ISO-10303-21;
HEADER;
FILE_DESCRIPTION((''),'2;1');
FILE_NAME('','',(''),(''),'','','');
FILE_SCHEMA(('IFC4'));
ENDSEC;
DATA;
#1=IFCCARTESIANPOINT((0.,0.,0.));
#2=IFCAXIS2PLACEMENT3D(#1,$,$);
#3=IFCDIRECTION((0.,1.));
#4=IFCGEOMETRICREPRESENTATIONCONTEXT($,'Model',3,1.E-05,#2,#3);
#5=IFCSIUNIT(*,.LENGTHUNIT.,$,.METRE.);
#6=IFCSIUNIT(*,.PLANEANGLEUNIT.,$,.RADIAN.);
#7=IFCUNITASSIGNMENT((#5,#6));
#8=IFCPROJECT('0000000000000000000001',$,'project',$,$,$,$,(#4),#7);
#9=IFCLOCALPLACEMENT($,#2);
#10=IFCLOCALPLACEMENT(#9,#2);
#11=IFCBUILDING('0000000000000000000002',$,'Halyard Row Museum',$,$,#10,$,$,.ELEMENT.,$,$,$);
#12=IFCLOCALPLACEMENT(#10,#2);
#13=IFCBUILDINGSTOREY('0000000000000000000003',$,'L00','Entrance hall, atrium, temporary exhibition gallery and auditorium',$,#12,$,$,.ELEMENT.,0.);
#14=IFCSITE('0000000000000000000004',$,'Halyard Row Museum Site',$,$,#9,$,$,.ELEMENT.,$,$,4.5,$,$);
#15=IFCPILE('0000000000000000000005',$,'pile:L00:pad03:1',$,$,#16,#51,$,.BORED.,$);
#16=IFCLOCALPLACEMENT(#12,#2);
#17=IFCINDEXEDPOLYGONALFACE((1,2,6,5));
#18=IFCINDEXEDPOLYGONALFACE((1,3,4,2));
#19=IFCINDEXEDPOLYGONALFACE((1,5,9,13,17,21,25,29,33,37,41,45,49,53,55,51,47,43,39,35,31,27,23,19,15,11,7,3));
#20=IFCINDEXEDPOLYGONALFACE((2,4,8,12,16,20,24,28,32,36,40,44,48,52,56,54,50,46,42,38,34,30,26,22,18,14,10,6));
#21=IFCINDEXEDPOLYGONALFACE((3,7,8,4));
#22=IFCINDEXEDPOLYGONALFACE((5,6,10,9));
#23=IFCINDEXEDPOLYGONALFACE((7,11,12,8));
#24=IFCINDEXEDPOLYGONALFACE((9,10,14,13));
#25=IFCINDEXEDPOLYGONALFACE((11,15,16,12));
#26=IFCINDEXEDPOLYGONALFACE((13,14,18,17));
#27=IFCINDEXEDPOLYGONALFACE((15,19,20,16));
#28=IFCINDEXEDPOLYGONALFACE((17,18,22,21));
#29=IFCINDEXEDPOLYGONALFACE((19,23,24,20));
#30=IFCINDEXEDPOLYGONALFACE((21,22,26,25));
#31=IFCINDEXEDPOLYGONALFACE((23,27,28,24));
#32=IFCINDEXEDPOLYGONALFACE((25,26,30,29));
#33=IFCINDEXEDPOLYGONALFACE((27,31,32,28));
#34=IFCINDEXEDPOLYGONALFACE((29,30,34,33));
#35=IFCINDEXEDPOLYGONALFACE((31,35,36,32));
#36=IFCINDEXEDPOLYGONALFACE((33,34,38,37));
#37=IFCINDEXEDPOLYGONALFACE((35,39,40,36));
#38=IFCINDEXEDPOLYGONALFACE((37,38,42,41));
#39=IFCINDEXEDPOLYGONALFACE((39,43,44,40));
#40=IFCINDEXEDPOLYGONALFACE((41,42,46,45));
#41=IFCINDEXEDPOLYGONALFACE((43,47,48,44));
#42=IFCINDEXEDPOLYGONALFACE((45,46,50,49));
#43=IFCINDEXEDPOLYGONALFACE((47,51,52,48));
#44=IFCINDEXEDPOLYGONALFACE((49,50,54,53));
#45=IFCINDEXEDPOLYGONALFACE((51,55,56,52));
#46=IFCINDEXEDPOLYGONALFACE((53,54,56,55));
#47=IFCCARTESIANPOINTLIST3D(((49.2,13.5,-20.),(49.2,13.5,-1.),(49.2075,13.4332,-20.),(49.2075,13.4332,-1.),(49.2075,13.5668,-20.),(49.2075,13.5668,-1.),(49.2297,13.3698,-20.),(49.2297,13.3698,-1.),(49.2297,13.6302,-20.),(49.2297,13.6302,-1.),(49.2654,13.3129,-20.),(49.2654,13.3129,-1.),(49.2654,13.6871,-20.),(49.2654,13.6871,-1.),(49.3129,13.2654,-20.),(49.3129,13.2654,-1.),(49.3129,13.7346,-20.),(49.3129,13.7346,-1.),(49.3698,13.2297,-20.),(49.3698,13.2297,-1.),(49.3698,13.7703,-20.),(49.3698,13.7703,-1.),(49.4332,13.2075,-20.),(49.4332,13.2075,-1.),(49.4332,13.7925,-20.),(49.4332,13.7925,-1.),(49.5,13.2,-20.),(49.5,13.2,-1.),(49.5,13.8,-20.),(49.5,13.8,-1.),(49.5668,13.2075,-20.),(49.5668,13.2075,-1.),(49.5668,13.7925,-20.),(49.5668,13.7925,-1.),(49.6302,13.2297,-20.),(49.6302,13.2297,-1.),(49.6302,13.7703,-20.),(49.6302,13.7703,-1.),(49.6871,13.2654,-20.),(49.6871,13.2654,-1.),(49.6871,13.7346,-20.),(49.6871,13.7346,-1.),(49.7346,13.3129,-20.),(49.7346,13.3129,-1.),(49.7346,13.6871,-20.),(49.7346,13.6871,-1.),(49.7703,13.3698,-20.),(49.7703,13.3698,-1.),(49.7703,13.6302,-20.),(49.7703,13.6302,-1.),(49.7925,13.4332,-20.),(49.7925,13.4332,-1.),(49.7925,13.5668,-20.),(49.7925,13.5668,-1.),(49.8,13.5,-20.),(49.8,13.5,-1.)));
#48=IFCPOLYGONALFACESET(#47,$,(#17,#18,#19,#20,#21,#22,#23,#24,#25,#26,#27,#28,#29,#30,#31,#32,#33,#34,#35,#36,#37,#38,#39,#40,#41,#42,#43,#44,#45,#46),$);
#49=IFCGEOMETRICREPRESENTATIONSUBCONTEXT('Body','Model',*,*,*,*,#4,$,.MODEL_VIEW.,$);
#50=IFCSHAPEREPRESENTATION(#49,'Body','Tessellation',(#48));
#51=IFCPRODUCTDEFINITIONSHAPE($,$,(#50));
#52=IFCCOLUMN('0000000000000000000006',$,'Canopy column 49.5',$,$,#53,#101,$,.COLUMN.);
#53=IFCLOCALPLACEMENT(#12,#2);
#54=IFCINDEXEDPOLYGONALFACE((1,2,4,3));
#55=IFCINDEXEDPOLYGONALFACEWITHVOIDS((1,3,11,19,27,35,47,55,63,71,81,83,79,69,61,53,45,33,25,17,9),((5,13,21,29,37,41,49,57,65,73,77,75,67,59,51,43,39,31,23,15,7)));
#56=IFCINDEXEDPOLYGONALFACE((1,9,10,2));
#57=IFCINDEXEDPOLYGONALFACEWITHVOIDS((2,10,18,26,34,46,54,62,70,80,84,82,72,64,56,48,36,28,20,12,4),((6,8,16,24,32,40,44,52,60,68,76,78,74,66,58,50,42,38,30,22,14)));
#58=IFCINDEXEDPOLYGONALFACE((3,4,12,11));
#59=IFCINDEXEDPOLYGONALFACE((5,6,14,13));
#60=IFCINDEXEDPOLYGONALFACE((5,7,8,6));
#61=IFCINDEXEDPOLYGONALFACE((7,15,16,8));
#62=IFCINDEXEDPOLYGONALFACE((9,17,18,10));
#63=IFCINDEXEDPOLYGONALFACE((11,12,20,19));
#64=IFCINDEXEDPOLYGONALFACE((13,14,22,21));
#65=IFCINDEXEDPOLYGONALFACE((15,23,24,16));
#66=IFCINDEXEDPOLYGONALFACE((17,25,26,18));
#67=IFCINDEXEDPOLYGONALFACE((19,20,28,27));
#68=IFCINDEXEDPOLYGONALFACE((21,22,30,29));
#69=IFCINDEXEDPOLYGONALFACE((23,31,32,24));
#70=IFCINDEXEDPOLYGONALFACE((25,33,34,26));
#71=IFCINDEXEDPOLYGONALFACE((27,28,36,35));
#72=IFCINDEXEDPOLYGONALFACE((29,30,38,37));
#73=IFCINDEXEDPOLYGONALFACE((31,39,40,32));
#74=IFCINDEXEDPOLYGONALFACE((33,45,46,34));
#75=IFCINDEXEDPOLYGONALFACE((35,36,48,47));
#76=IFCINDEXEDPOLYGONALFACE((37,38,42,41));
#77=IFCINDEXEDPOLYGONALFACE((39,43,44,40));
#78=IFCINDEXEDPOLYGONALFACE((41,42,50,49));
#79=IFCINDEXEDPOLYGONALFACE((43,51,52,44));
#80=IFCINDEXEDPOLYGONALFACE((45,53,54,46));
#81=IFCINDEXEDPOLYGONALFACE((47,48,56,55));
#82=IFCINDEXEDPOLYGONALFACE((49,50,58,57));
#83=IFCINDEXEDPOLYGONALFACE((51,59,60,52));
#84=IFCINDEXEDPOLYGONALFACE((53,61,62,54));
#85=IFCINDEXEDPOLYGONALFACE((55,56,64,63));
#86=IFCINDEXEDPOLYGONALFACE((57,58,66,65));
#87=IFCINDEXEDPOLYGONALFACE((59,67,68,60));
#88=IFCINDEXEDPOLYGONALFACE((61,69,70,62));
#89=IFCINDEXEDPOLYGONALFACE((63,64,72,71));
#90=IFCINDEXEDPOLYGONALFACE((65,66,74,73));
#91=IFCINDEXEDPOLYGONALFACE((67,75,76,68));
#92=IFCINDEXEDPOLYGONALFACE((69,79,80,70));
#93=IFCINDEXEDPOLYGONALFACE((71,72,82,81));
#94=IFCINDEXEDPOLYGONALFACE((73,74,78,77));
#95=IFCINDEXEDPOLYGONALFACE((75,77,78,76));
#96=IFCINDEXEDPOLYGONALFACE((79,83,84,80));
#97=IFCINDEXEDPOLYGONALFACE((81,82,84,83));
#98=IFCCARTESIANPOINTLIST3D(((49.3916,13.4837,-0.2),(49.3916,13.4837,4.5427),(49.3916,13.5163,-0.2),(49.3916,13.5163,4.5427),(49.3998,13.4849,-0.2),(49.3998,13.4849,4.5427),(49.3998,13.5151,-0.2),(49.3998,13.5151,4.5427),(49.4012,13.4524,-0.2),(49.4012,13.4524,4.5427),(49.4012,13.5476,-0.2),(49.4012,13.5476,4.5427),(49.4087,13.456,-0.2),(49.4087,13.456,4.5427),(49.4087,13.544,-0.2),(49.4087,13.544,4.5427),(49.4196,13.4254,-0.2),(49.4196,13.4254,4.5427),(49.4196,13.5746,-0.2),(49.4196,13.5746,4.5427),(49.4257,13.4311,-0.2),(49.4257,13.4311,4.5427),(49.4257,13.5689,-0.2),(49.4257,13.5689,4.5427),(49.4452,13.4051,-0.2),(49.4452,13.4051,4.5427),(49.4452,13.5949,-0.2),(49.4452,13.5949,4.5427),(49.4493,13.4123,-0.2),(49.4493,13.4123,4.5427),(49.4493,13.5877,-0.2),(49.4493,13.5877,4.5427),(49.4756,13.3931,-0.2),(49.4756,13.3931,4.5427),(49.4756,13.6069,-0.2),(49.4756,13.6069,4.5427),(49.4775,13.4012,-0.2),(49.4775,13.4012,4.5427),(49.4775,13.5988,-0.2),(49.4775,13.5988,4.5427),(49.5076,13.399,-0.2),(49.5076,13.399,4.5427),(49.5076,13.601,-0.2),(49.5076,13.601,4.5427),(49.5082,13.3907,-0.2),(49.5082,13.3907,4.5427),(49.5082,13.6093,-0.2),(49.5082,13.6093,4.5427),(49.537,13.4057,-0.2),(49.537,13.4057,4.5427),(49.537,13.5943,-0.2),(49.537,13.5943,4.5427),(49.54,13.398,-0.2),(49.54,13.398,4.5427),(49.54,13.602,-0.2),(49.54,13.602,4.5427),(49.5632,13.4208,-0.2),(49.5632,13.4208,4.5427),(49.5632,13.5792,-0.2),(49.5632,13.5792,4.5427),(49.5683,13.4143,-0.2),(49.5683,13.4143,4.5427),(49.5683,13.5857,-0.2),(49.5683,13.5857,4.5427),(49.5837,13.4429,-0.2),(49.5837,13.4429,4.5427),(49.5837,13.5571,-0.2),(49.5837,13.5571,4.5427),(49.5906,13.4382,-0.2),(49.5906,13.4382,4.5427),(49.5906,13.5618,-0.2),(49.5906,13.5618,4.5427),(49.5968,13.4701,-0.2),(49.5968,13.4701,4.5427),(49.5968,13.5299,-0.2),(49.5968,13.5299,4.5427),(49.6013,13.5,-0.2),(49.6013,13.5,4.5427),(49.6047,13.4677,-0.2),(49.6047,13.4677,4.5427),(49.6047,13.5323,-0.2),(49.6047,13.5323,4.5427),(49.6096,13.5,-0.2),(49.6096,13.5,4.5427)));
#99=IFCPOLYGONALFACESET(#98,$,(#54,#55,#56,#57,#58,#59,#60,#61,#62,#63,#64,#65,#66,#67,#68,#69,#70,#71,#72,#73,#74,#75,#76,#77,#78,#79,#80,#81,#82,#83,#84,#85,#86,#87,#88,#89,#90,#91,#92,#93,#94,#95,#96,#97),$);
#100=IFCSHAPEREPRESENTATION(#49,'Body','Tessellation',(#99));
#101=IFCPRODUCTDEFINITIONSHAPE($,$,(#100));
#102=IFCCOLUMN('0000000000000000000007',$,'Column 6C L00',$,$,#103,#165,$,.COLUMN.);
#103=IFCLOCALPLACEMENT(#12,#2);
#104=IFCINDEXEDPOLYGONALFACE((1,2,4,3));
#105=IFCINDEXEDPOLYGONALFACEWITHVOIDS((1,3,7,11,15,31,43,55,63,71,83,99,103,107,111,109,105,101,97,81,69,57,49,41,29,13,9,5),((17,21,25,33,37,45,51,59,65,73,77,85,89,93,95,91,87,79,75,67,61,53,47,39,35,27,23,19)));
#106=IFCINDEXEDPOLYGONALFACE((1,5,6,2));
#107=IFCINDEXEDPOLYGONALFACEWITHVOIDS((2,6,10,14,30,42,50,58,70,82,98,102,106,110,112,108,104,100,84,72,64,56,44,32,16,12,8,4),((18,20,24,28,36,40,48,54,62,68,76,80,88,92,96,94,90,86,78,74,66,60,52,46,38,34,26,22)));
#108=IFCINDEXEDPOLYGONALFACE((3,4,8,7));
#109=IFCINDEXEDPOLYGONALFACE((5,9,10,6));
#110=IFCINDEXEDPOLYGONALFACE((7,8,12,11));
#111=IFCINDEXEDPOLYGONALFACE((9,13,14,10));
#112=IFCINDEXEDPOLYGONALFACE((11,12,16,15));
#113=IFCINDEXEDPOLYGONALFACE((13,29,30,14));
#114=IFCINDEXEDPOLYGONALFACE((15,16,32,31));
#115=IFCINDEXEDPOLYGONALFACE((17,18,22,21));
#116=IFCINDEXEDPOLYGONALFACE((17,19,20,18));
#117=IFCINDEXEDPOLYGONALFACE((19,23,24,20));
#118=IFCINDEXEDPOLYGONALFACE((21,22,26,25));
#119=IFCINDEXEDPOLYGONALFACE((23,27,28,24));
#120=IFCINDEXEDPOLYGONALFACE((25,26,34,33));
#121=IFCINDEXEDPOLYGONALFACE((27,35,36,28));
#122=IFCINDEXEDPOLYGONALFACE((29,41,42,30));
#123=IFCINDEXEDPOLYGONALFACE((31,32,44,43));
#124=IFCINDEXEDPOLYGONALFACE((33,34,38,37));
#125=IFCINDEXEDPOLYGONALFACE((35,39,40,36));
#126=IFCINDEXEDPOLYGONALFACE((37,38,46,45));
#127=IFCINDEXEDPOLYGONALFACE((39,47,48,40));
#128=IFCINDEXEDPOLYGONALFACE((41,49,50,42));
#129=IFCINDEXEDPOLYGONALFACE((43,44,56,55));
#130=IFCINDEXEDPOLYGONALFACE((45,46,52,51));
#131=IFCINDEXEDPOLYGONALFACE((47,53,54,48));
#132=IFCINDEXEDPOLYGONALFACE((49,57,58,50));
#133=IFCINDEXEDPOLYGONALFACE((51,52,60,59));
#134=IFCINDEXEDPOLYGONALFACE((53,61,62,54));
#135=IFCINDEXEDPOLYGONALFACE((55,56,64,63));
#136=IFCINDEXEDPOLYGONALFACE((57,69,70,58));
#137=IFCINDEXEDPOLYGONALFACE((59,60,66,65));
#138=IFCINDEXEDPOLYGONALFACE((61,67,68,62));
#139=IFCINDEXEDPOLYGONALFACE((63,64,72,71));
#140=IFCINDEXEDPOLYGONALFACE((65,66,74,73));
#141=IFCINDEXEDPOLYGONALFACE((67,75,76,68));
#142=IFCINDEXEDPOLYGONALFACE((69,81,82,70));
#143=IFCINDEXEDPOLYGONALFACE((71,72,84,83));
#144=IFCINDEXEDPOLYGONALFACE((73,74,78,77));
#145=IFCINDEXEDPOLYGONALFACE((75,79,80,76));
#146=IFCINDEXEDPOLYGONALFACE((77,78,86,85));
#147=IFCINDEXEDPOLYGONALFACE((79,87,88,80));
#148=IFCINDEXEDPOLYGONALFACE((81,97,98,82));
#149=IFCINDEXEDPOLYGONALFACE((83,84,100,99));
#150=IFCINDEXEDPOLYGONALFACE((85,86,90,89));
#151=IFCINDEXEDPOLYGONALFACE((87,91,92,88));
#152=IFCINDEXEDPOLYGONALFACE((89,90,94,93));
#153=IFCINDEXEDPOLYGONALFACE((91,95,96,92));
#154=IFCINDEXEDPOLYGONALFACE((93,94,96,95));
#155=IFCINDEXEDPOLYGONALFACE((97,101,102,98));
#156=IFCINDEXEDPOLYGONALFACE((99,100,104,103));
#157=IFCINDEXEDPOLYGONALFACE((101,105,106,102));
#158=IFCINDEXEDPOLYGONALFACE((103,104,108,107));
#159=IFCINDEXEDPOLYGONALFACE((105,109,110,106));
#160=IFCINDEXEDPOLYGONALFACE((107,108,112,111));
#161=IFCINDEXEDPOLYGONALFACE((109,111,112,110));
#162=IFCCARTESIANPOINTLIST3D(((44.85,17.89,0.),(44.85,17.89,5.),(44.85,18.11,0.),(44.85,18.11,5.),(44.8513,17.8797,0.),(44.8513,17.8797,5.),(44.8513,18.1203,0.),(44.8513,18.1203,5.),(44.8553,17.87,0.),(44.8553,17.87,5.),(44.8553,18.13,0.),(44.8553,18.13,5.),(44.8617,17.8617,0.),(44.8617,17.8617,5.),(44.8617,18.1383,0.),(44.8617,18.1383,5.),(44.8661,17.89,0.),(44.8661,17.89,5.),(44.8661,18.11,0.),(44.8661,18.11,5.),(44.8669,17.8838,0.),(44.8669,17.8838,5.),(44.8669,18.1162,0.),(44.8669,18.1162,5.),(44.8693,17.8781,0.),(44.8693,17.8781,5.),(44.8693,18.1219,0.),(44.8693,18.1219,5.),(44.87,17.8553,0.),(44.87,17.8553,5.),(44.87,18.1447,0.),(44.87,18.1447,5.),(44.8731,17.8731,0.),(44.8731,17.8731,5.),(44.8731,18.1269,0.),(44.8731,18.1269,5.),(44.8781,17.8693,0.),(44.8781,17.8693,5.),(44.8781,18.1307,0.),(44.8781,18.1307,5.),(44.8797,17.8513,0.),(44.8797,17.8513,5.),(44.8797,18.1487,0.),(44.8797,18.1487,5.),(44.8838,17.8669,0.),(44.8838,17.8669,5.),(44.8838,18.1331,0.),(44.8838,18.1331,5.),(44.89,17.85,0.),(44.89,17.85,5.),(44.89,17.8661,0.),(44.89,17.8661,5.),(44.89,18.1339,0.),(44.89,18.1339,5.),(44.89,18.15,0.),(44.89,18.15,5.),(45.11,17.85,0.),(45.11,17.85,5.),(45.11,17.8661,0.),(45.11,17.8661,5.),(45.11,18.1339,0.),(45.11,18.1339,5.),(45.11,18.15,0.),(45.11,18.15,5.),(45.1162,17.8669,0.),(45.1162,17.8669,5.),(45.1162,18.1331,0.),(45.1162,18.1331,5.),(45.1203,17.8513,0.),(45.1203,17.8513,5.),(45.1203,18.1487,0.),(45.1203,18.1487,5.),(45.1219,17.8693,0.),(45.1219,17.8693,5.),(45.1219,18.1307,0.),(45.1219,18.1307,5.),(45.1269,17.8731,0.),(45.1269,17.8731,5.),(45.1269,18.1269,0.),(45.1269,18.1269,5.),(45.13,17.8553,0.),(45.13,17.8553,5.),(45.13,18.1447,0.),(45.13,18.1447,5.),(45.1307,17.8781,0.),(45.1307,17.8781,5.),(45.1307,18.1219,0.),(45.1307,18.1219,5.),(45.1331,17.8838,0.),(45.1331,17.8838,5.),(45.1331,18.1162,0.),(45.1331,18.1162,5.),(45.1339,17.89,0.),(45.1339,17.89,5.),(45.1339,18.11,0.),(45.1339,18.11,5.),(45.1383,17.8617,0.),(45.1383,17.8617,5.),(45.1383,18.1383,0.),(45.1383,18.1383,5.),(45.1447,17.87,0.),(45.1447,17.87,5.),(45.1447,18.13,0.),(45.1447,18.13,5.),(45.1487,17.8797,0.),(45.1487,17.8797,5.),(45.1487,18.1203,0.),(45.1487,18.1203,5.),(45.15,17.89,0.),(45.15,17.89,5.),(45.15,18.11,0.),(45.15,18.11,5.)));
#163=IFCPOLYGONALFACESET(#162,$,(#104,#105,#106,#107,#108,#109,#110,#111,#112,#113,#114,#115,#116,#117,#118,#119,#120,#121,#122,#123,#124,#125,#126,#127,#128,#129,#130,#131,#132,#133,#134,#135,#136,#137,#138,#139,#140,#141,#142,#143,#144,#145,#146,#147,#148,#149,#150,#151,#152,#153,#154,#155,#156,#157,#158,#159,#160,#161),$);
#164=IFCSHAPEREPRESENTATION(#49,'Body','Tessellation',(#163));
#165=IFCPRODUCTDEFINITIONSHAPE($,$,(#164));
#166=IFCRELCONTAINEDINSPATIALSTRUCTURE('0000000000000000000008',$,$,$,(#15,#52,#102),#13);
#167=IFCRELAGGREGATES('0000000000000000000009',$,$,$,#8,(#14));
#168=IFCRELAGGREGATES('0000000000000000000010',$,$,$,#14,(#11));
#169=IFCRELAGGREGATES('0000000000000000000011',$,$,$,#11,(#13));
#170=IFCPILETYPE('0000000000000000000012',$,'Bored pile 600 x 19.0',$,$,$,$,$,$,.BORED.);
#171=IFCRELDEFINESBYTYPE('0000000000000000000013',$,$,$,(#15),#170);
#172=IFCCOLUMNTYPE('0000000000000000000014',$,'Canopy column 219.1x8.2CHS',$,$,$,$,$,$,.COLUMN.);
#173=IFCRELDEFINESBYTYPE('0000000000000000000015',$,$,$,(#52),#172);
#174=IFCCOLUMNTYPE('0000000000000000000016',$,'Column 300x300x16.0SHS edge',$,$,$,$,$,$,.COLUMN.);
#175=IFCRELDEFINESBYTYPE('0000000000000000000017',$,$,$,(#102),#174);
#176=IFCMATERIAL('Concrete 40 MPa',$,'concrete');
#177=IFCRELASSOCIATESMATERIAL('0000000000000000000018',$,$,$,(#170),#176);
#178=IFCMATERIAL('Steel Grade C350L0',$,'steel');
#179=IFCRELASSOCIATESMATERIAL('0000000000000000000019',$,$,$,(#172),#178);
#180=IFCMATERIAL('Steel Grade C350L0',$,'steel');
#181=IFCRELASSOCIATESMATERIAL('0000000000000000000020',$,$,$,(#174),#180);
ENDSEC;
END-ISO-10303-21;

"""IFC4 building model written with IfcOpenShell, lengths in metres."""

from ifc_helpers import new_model, si_unit, direction, frame, origin, origin_2d, place, context, subcontext, project, spatial, hollow_rectangle, circle, hollow_circle, extrude, material, material_profile, profile_set, type_object, element, save


model = new_model("IFC4")

# Units and contexts
model_context = context("Model", 3, precision=1e-05, world=origin(), true_north=direction((0.0, 1.0)))
body_context = subcontext(model_context, "Body", "Model", "MODEL_VIEW")
ifc_project = project(units=[si_unit("LENGTHUNIT", "METRE"), si_unit("PLANEANGLEUNIT", "RADIAN")], contexts=[model_context])

# Site, building, storey
site_placement = place(None, origin())
site = spatial("IfcSite", under=ifc_project, at=site_placement, Name="Halyard Row Museum Site", CompositionType="ELEMENT", RefElevation=4.5)
building_placement = place(site_placement, origin())
building = spatial("IfcBuilding", under=site, at=building_placement, Name="Halyard Row Museum", CompositionType="ELEMENT")
storey_placement = place(building_placement, origin())
storey = spatial("IfcBuildingStorey", under=building, at=storey_placement, Name="L00", Description="Entrance hall, atrium, temporary exhibition gallery and auditorium", CompositionType="ELEMENT", Elevation=0.0)

# Pile
ifc_material_1 = material(Name="Concrete 40 MPa", Category="concrete")
ifc_material_profile_1 = material_profile(ifc_material_1, circle(Radius=0.3, at=origin_2d()), Name="Bored pile 600 x 19.0")
ifc_profile_set_1 = profile_set([ifc_material_profile_1], Name="Concrete 40 MPa")
pile_type = type_object("IfcPileType", Name="Bored pile 600 x 19.0", PredefinedType="BORED", material=ifc_profile_set_1)
pile_placement = place(storey_placement, frame((49.5, 13.5, -1.0), z_axis=(0.0, 0.0, -1.0), x_axis=(1.0, 0.0, 0.0)))
element("IfcPile", 1, at=pile_placement, inside=storey, type_object=pile_type, Name="pile:L00:pad03:1", PredefinedType="BORED", context=body_context, shape_type="SweptSolid", body=[
    extrude(circle(Radius=0.3, at=origin_2d()), origin(), (0.0, 0.0, 1.0), 19.0),
])

# Columns
ifc_material_2 = material(Name="Steel Grade C350L0", Category="steel")
ifc_material_profile_2 = material_profile(ifc_material_2, hollow_circle(Radius=0.1096, WallThickness=0.0083, at=origin_2d()), Name="219.1x8.2CHS")
ifc_profile_set_2 = profile_set([ifc_material_profile_2], Name="Steel Grade C350L0")
column_type_1 = type_object("IfcColumnType", Name="Canopy column 219.1x8.2CHS", PredefinedType="COLUMN", material=ifc_profile_set_2)
column_1_placement = place(storey_placement, frame((49.5, 13.5, -0.2), z_axis=(0.0, 0.0, 1.0), x_axis=(1.0, 0.0, 0.0)))
element("IfcColumn", 2, at=column_1_placement, inside=storey, type_object=column_type_1, Name="Canopy column 49.5", PredefinedType="COLUMN", context=body_context, shape_type="SweptSolid", body=[
    extrude(hollow_circle(Radius=0.1096, WallThickness=0.0083, at=origin_2d()), origin(), (0.0, 0.0, 1.0), 4.7427),
])
ifc_material_3 = material(Name="Steel Grade C350L0", Category="steel")
ifc_material_profile_3 = material_profile(ifc_material_3, hollow_rectangle(XDim=0.3, YDim=0.3, WallThickness=0.0161, InnerFilletRadius=0.0239, OuterFilletRadius=0.04, at=origin_2d()), Name="300x300x16.0SHS")
ifc_profile_set_3 = profile_set([ifc_material_profile_3], Name="Steel Grade C350L0")
column_type_2 = type_object("IfcColumnType", Name="Column 300x300x16.0SHS edge", PredefinedType="COLUMN", material=ifc_profile_set_3)
column_2_placement = place(storey_placement, frame((45.0, 18.0, 0.0), z_axis=(0.0, 0.0, 1.0), x_axis=(1.0, 0.0, 0.0)))
element("IfcColumn", 3, at=column_2_placement, inside=storey, type_object=column_type_2, Name="Column 6C L00", PredefinedType="COLUMN", context=body_context, shape_type="SweptSolid", body=[
    extrude(hollow_rectangle(XDim=0.3, YDim=0.3, WallThickness=0.0161, InnerFilletRadius=0.0239, OuterFilletRadius=0.04, at=origin_2d()), origin(), (0.0, 0.0, 1.0), 5.0),
])

save(model, "model.ifc")
